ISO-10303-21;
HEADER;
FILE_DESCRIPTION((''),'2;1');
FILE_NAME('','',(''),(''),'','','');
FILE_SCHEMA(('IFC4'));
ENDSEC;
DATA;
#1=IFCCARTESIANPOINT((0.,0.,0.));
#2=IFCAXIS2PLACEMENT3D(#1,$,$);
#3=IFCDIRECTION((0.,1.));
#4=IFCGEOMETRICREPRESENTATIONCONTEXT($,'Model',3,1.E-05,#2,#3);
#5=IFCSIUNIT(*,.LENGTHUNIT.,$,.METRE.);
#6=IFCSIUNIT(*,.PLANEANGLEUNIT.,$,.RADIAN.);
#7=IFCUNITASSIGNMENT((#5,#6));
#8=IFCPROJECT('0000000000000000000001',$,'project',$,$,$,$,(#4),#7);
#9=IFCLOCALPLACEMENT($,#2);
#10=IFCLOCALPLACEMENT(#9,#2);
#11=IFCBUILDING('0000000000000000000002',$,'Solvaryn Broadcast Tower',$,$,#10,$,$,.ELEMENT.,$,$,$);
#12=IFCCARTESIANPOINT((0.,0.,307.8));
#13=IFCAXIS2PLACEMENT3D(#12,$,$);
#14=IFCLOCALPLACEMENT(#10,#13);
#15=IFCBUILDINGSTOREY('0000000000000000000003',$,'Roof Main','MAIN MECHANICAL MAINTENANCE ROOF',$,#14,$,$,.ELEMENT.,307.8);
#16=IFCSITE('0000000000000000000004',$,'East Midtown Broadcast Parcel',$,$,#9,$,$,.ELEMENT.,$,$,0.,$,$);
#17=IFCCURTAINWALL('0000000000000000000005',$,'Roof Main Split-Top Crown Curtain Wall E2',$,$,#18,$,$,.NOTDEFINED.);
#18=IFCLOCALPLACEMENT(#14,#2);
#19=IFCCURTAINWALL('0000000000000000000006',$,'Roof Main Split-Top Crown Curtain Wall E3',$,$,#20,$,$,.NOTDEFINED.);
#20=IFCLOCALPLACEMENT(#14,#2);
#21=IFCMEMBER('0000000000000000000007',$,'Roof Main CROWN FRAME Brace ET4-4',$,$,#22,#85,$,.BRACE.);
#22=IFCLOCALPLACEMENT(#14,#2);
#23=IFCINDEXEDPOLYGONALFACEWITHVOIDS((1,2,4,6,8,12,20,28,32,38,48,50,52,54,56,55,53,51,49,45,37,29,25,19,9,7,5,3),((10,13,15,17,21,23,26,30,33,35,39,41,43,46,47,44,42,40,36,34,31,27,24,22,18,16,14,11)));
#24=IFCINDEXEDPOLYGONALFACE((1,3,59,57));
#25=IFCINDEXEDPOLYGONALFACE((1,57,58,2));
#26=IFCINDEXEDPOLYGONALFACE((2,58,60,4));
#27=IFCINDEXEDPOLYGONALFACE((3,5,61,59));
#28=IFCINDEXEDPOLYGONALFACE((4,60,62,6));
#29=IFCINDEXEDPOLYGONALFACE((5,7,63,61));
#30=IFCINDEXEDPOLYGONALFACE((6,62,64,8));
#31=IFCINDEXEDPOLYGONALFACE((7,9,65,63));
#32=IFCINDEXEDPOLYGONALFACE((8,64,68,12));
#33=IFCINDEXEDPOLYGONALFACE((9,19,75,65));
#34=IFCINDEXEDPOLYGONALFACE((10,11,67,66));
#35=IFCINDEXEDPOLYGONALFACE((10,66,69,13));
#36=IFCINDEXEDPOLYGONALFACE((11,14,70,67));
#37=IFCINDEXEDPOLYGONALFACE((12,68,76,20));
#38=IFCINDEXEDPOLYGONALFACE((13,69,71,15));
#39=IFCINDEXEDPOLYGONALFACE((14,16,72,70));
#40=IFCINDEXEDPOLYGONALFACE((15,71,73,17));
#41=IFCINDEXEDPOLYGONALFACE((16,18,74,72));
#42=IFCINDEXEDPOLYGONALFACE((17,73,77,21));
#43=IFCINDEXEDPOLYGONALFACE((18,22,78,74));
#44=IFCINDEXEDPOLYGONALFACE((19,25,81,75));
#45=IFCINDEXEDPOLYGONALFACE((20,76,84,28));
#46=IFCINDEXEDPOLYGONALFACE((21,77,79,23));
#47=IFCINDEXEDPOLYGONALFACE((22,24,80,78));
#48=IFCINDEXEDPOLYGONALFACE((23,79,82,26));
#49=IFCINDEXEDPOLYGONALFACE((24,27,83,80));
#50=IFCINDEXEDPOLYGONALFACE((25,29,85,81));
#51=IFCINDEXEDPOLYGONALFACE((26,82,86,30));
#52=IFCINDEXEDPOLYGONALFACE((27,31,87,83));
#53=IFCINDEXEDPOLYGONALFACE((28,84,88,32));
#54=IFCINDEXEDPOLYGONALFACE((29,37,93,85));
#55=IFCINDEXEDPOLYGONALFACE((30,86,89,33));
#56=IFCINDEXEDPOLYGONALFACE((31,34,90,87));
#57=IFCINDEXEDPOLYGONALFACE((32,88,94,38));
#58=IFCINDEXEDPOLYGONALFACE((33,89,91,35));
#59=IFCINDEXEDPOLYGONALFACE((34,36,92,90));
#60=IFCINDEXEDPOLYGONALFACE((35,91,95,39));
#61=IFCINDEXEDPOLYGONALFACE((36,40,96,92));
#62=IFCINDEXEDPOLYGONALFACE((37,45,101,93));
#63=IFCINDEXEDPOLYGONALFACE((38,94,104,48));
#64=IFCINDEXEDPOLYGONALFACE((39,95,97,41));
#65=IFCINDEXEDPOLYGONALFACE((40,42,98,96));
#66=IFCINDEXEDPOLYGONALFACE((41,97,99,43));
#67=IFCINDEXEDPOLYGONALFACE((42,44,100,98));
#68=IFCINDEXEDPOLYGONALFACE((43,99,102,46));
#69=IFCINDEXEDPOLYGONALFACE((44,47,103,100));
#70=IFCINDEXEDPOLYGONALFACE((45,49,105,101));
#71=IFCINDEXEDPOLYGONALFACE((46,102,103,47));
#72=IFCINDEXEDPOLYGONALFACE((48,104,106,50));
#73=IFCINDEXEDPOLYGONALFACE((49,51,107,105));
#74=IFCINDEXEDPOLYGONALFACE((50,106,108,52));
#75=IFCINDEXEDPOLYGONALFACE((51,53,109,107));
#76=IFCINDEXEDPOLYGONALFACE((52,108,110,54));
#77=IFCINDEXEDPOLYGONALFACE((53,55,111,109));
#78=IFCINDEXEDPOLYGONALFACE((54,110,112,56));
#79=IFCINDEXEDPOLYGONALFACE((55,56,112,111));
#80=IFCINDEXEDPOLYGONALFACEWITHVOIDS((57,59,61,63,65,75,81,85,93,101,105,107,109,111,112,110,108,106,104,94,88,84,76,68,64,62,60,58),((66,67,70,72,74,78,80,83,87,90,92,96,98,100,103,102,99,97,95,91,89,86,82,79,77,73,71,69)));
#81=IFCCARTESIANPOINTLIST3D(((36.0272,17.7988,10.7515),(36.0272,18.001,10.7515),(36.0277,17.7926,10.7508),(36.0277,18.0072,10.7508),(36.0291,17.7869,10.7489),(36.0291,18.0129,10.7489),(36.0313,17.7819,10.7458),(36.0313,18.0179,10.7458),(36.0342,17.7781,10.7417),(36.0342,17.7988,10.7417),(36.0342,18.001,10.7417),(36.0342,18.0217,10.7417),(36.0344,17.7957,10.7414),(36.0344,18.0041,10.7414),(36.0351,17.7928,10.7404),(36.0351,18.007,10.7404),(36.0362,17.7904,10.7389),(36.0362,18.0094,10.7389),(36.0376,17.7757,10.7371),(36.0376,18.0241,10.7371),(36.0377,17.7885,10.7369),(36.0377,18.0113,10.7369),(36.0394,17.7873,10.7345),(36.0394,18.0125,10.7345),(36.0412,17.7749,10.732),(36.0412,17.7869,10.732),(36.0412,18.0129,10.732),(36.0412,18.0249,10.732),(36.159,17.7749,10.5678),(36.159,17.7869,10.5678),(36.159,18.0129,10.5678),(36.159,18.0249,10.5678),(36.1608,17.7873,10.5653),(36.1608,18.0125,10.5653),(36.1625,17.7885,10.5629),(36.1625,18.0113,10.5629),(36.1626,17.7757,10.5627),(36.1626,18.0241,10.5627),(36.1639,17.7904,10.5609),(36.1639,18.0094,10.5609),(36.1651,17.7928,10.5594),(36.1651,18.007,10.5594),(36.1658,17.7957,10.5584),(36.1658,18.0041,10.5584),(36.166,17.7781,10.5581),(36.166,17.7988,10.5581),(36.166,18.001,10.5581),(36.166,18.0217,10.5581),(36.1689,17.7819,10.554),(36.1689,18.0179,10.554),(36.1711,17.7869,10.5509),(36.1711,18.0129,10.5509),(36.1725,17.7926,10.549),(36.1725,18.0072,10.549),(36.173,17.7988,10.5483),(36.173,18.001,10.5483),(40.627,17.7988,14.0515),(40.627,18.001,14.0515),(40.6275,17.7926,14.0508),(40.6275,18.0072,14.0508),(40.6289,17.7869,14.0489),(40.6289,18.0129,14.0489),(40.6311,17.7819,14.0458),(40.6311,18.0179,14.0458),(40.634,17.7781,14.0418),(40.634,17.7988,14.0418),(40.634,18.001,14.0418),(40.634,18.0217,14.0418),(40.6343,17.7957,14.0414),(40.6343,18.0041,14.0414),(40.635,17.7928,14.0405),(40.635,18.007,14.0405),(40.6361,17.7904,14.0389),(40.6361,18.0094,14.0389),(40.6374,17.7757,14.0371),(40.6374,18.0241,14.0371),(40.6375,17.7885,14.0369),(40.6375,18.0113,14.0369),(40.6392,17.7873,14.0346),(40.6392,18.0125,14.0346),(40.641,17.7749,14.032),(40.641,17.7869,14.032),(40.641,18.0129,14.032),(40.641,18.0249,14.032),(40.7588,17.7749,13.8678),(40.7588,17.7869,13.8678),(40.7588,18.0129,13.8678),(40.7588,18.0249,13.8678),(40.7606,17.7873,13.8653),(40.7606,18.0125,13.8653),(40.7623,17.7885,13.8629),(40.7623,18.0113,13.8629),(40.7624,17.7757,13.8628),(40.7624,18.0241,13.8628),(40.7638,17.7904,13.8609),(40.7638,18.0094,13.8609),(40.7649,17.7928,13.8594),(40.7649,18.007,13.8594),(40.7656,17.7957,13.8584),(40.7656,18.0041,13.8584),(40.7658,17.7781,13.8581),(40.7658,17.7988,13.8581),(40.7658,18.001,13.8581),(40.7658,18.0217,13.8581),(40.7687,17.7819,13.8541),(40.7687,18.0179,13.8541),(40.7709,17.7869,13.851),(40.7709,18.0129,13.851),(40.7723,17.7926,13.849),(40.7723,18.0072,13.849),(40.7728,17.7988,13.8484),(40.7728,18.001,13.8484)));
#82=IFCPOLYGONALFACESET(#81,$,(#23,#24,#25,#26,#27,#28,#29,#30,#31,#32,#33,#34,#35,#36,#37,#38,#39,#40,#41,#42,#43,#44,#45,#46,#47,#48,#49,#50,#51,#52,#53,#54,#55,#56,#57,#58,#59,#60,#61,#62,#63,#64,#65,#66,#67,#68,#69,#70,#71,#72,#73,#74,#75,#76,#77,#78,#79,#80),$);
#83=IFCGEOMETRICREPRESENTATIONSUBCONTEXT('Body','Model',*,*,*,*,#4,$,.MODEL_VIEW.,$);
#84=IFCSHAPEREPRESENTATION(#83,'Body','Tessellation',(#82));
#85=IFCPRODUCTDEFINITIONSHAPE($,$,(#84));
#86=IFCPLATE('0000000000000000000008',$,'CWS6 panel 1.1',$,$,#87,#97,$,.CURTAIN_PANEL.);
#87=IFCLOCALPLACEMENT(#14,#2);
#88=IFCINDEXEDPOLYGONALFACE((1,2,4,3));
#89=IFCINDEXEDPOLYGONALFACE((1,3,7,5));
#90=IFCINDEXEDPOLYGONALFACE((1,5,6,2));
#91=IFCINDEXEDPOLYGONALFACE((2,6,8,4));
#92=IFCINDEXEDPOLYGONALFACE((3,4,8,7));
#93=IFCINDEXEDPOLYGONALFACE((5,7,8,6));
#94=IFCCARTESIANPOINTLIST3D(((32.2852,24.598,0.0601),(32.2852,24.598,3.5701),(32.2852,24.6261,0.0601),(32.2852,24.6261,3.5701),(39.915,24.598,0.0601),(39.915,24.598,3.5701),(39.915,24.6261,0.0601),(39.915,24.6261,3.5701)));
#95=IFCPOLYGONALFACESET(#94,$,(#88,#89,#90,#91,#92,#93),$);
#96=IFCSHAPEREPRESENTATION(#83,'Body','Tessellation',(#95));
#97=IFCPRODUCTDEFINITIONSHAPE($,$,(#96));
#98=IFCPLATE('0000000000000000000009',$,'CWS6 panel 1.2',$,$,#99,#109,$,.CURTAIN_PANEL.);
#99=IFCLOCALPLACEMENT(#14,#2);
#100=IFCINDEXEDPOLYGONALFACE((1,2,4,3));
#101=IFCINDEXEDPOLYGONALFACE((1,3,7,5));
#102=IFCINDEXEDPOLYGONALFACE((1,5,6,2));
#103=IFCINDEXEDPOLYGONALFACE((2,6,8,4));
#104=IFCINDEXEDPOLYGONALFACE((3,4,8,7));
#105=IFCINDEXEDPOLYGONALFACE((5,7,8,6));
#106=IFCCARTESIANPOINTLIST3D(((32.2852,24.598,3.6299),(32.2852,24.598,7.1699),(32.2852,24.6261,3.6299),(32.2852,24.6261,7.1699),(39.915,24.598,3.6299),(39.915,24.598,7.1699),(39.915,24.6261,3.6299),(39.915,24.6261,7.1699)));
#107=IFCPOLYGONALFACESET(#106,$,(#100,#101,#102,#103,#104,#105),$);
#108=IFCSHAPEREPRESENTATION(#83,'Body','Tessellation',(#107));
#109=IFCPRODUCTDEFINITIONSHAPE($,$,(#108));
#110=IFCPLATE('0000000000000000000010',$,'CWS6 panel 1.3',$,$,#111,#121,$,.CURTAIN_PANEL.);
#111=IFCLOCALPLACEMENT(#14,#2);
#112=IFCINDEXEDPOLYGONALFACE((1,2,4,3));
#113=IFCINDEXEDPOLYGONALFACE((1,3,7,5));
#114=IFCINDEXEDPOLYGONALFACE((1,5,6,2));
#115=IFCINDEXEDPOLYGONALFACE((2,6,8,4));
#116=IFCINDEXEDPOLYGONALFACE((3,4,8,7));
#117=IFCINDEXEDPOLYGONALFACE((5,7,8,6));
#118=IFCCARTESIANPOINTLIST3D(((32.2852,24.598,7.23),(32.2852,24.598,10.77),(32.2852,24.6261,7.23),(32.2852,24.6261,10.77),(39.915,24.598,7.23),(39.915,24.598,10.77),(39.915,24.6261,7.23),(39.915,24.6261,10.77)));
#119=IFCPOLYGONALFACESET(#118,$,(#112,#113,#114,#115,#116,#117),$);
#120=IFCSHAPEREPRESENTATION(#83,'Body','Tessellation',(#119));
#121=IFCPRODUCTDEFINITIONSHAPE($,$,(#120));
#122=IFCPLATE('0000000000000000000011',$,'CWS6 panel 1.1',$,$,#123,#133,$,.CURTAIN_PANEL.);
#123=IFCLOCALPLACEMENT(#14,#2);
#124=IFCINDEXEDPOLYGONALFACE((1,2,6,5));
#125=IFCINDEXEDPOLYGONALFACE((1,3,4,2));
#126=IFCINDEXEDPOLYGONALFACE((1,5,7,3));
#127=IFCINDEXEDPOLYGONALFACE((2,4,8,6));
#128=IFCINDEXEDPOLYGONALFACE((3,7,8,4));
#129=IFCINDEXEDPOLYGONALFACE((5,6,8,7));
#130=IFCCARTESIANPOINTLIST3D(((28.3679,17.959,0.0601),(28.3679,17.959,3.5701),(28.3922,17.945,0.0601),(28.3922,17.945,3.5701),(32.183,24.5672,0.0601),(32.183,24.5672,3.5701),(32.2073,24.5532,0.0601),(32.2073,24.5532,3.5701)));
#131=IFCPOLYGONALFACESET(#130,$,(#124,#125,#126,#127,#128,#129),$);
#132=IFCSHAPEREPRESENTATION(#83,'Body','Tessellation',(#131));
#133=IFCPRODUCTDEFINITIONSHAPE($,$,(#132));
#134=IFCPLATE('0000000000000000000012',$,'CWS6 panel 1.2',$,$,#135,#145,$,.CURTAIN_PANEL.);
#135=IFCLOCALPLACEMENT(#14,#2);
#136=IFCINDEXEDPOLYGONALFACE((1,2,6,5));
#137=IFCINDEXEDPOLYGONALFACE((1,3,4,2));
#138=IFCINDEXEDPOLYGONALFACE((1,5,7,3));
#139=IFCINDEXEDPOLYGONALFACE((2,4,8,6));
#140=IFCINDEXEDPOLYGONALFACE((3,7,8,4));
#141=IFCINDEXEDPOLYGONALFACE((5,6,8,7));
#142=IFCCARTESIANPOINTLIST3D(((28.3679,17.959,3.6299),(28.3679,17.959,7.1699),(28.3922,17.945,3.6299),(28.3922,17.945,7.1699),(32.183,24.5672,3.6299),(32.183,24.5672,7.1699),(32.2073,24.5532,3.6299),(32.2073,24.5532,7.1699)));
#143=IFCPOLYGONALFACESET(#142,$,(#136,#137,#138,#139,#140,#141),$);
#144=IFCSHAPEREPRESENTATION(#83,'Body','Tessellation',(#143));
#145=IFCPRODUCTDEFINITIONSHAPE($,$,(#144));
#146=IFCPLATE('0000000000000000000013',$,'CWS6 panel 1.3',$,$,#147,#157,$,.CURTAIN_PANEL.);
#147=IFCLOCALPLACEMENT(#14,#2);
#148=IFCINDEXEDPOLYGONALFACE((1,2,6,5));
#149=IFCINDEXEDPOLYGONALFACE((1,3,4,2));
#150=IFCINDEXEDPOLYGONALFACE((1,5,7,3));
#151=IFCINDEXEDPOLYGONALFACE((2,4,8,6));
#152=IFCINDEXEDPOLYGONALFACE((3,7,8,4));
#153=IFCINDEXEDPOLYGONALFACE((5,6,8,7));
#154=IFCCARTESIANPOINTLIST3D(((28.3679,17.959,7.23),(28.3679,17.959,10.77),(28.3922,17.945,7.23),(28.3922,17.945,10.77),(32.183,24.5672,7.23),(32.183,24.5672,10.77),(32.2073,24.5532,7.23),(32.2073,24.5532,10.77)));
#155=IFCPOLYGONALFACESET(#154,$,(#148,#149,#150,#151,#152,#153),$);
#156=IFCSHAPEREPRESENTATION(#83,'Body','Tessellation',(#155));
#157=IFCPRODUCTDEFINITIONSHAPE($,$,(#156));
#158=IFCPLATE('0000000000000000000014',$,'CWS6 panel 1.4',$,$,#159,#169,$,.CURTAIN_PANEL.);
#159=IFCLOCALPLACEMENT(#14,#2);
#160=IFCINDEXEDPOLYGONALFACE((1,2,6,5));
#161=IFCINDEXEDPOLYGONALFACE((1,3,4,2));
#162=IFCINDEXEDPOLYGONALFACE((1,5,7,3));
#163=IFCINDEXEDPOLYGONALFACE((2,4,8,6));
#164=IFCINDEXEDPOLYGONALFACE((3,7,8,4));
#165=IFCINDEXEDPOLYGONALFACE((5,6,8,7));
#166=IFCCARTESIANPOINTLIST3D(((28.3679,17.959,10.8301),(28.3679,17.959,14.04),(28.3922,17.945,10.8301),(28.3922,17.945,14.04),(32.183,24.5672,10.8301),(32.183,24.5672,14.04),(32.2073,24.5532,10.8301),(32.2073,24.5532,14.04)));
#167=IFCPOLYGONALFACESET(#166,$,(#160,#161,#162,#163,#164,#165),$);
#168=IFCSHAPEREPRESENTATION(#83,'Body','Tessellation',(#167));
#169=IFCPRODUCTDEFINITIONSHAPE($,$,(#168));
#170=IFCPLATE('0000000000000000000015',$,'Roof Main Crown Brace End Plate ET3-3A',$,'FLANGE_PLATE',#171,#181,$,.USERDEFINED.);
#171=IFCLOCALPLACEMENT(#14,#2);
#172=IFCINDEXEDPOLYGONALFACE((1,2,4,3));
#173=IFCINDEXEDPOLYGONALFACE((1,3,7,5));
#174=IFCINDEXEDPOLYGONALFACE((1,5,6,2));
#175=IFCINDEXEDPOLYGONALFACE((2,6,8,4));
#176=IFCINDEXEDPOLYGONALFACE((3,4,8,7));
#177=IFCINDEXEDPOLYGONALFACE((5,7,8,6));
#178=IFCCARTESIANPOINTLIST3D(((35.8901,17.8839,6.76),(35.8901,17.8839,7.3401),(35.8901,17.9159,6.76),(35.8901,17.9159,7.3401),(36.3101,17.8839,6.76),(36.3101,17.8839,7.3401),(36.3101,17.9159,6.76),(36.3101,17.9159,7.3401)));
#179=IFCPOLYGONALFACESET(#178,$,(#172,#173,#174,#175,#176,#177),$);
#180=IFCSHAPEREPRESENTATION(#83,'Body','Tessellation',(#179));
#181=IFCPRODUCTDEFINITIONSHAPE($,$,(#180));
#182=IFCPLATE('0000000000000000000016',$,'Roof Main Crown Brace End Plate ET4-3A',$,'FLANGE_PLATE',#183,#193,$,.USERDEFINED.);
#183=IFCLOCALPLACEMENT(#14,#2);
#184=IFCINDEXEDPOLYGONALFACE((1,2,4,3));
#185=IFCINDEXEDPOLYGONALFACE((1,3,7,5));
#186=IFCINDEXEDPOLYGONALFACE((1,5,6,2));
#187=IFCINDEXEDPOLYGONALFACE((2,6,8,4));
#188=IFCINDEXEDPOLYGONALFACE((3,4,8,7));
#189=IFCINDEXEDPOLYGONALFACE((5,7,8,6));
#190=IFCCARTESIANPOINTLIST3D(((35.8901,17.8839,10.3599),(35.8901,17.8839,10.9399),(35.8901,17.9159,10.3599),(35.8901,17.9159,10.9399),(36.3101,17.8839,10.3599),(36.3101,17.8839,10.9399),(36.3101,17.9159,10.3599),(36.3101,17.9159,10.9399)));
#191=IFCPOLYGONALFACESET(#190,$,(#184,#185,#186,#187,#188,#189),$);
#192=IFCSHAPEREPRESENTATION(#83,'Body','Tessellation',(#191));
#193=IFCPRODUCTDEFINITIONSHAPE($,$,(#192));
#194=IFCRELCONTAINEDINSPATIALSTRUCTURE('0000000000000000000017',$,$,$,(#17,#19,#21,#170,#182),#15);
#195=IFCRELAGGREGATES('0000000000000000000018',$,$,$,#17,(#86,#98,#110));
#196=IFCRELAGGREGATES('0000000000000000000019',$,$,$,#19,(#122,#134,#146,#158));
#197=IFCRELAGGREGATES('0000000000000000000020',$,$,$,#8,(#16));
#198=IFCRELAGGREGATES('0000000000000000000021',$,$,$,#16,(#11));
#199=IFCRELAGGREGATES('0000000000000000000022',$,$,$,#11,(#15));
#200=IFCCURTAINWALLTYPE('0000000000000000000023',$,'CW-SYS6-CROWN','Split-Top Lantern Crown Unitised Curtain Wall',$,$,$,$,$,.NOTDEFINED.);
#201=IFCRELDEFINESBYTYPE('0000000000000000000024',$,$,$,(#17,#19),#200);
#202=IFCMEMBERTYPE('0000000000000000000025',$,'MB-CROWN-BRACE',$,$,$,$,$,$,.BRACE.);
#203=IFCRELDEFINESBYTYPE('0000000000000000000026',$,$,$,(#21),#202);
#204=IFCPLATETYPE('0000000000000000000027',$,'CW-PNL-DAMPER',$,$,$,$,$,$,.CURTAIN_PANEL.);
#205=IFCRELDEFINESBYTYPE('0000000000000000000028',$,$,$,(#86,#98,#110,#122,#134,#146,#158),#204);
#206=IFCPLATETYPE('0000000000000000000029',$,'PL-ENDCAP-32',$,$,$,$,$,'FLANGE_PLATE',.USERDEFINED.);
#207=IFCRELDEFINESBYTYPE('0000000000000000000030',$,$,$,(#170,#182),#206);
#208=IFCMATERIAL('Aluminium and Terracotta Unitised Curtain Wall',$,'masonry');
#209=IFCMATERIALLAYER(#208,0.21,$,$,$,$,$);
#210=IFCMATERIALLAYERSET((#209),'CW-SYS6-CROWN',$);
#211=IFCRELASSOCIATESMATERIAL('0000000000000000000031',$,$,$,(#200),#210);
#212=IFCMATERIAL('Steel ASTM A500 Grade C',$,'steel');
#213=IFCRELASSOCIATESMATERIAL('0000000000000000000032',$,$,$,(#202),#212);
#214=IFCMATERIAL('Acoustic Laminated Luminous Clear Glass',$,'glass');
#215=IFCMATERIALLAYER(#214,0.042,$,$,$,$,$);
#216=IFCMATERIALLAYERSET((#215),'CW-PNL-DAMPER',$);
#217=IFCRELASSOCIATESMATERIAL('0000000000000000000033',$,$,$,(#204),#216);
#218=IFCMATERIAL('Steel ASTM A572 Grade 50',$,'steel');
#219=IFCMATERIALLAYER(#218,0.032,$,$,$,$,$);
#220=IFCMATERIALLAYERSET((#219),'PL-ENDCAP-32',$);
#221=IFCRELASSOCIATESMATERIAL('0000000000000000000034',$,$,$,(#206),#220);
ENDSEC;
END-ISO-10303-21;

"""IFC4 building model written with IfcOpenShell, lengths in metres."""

from ifc_helpers import new_model, si_unit, direction, frame, origin, origin_2d, place, context, subcontext, project, spatial, rectangle, hollow_rectangle, extrude, material, layer, layer_set, material_profile, profile_set, type_object, element, aggregate, save


model = new_model("IFC4")

# Units and contexts
model_context = context("Model", 3, precision=1e-05, world=origin(), true_north=direction((0.0, 1.0)))
body_context = subcontext(model_context, "Body", "Model", "MODEL_VIEW")
ifc_project = project(units=[si_unit("LENGTHUNIT", "METRE"), si_unit("PLANEANGLEUNIT", "RADIAN")], contexts=[model_context])

# Site, building, storey
site_placement = place(None, origin())
site = spatial("IfcSite", under=ifc_project, at=site_placement, Name="East Midtown Broadcast Parcel", CompositionType="ELEMENT", RefElevation=0.0)
building_placement = place(site_placement, origin())
building = spatial("IfcBuilding", under=site, at=building_placement, Name="Solvaryn Broadcast Tower", CompositionType="ELEMENT")
storey_placement = place(building_placement, frame((0.0, 0.0, 307.8)))
storey = spatial("IfcBuildingStorey", under=building, at=storey_placement, Name="Roof Main", Description="MAIN MECHANICAL MAINTENANCE ROOF", CompositionType="ELEMENT", Elevation=307.8)

# Curtain wall
ifc_material_1 = material(Name="Aluminium and Terracotta Unitised Curtain Wall", Category="masonry")
ifc_layer_1 = layer(ifc_material_1, 0.21)
ifc_layer_set_1 = layer_set([ifc_layer_1], Name="CW-SYS6-CROWN")
curtain_wall_type = type_object("IfcCurtainWallType", Name="CW-SYS6-CROWN", Description="Split-Top Lantern Crown Unitised Curtain Wall", PredefinedType="NOTDEFINED", material=ifc_layer_set_1)
curtain_wall_1_placement = place(storey_placement, origin())
curtain_wall_1 = element("IfcCurtainWall", 1, at=curtain_wall_1_placement, inside=storey, type_object=curtain_wall_type, Name="Roof Main Split-Top Crown Curtain Wall E2", PredefinedType="NOTDEFINED")

# Curtain wall
curtain_wall_2_placement = place(storey_placement, origin())
curtain_wall_2 = element("IfcCurtainWall", 2, at=curtain_wall_2_placement, inside=storey, type_object=curtain_wall_type, Name="Roof Main Split-Top Crown Curtain Wall E3", PredefinedType="NOTDEFINED")

# Member
ifc_material_2 = material(Name="Steel ASTM A500 Grade C", Category="steel")
ifc_material_profile_1 = material_profile(ifc_material_2, hollow_rectangle(XDim=0.25, YDim=0.25, WallThickness=0.012, InnerFilletRadius=0.012, OuterFilletRadius=0.0239, at=origin_2d()))
ifc_profile_set_1 = profile_set([ifc_material_profile_1], Name="Steel ASTM A500 Grade C")
member_type_1 = type_object("IfcMemberType", Name="MB-CROWN-BRACE", PredefinedType="BRACE", material=ifc_profile_set_1)
member_1_placement = place(storey_placement, frame((36.1001, 17.8999, 10.6499), z_axis=(0.812525, 0.0, 0.582926), x_axis=(0.0, 1.0, 0.0)))
element("IfcMember", 3, at=member_1_placement, inside=storey, type_object=member_type_1, Name="Roof Main CROWN FRAME Brace ET4-4", PredefinedType="BRACE", context=body_context, shape_type="SweptSolid", body=[
    extrude(hollow_rectangle(XDim=0.25, YDim=0.25, WallThickness=0.012, InnerFilletRadius=0.012, OuterFilletRadius=0.0239, at=origin_2d()), origin(), (0.0, 0.0, 1.0), 5.6611),
])

# Plates
ifc_material_3 = material(Name="Acoustic Laminated Luminous Clear Glass", Category="glass")
ifc_layer_2 = layer(ifc_material_3, 0.042)
ifc_layer_set_2 = layer_set([ifc_layer_2], Name="CW-PNL-DAMPER")
plate_type_1 = type_object("IfcPlateType", Name="CW-PNL-DAMPER", PredefinedType="CURTAIN_PANEL", material=ifc_layer_set_2)
plate_1_placement = place(storey_placement, frame((36.1001, 24.6121, 0.0601), z_axis=(0.0, 0.0, 1.0), x_axis=(-1.0, 0.0, 0.0)))
plate_1 = element("IfcPlate", 4, at=plate_1_placement, type_object=plate_type_1, Name="CWS6 panel 1.1", PredefinedType="CURTAIN_PANEL", context=body_context, shape_type="SweptSolid", body=[
    extrude(rectangle(XDim=7.6299, YDim=0.0281, at=origin_2d()), origin(), (0.0, 0.0, 1.0), 3.51),
])
plate_2_placement = place(storey_placement, frame((36.1001, 24.6121, 3.6299), z_axis=(0.0, 0.0, 1.0), x_axis=(-1.0, 0.0, 0.0)))
plate_2 = element("IfcPlate", 5, at=plate_2_placement, type_object=plate_type_1, Name="CWS6 panel 1.2", PredefinedType="CURTAIN_PANEL", context=body_context, shape_type="SweptSolid", body=[
    extrude(rectangle(XDim=7.6299, YDim=0.0281, at=origin_2d()), origin(), (0.0, 0.0, 1.0), 3.54),
])
plate_3_placement = place(storey_placement, frame((36.1001, 24.6121, 7.23), z_axis=(0.0, 0.0, 1.0), x_axis=(-1.0, 0.0, 0.0)))
plate_3 = element("IfcPlate", 6, at=plate_3_placement, type_object=plate_type_1, Name="CWS6 panel 1.3", PredefinedType="CURTAIN_PANEL", context=body_context, shape_type="SweptSolid", body=[
    extrude(rectangle(XDim=7.6299, YDim=0.0281, at=origin_2d()), origin(), (0.0, 0.0, 1.0), 3.54),
])
aggregate(curtain_wall_1, [plate_1, plate_2, plate_3])
plate_4_placement = place(storey_placement, frame((30.2876, 21.2561, 0.0601), z_axis=(0.0, 0.0, 1.0), x_axis=(-0.499983, -0.866035, 0.0)))
plate_4 = element("IfcPlate", 7, at=plate_4_placement, type_object=plate_type_1, Name="CWS6 panel 1.1", PredefinedType="CURTAIN_PANEL", context=body_context, shape_type="SweptSolid", body=[
    extrude(rectangle(XDim=7.6304, YDim=0.0281, at=origin_2d()), origin(), (0.0, 0.0, 1.0), 3.51),
])
plate_5_placement = place(storey_placement, frame((30.2876, 21.2561, 3.6299), z_axis=(0.0, 0.0, 1.0), x_axis=(-0.499983, -0.866035, 0.0)))
plate_5 = element("IfcPlate", 8, at=plate_5_placement, type_object=plate_type_1, Name="CWS6 panel 1.2", PredefinedType="CURTAIN_PANEL", context=body_context, shape_type="SweptSolid", body=[
    extrude(rectangle(XDim=7.6304, YDim=0.0281, at=origin_2d()), origin(), (0.0, 0.0, 1.0), 3.54),
])
plate_6_placement = place(storey_placement, frame((30.2876, 21.2561, 7.23), z_axis=(0.0, 0.0, 1.0), x_axis=(-0.499983, -0.866035, 0.0)))
plate_6 = element("IfcPlate", 9, at=plate_6_placement, type_object=plate_type_1, Name="CWS6 panel 1.3", PredefinedType="CURTAIN_PANEL", context=body_context, shape_type="SweptSolid", body=[
    extrude(rectangle(XDim=7.6304, YDim=0.0281, at=origin_2d()), origin(), (0.0, 0.0, 1.0), 3.54),
])
plate_7_placement = place(storey_placement, frame((30.2876, 21.2561, 10.8301), z_axis=(0.0, 0.0, 1.0), x_axis=(-0.499983, -0.866035, 0.0)))
plate_7 = element("IfcPlate", 10, at=plate_7_placement, type_object=plate_type_1, Name="CWS6 panel 1.4", PredefinedType="CURTAIN_PANEL", context=body_context, shape_type="SweptSolid", body=[
    extrude(rectangle(XDim=7.6304, YDim=0.0281, at=origin_2d()), origin(), (0.0, 0.0, 1.0), 3.21),
])
aggregate(curtain_wall_2, [plate_4, plate_5, plate_6, plate_7])

# Plates
ifc_material_4 = material(Name="Steel ASTM A572 Grade 50", Category="steel")
ifc_layer_3 = layer(ifc_material_4, 0.032)
ifc_layer_set_3 = layer_set([ifc_layer_3], Name="PL-ENDCAP-32")
plate_type_2 = type_object("IfcPlateType", Name="PL-ENDCAP-32", ElementType="FLANGE_PLATE", PredefinedType="USERDEFINED", material=ifc_layer_set_3)
for number, where, z_axis, x_axis, name in (
    (11, (36.1001, 17.8999, 6.76), (0.0, 0.0, 1.0), (1.0, 0.0, 0.0), "Roof Main Crown Brace End Plate ET3-3A"),
    (12, (36.1001, 17.8999, 10.3599), (0.0, 0.0, 1.0), (1.0, 0.0, 0.0), "Roof Main Crown Brace End Plate ET4-3A"),
):
    element("IfcPlate", number, at=place(storey_placement, frame(where, z_axis=z_axis, x_axis=x_axis)), inside=storey, type_object=plate_type_2, Name=name, ObjectType="FLANGE_PLATE", PredefinedType="USERDEFINED", context=body_context, shape_type="SweptSolid", body=[
        extrude(rectangle(XDim=0.4199, YDim=0.032, at=origin_2d()), origin(), (0.0, 0.0, 1.0), 0.5801),
    ])

save(model, "model.ifc")
